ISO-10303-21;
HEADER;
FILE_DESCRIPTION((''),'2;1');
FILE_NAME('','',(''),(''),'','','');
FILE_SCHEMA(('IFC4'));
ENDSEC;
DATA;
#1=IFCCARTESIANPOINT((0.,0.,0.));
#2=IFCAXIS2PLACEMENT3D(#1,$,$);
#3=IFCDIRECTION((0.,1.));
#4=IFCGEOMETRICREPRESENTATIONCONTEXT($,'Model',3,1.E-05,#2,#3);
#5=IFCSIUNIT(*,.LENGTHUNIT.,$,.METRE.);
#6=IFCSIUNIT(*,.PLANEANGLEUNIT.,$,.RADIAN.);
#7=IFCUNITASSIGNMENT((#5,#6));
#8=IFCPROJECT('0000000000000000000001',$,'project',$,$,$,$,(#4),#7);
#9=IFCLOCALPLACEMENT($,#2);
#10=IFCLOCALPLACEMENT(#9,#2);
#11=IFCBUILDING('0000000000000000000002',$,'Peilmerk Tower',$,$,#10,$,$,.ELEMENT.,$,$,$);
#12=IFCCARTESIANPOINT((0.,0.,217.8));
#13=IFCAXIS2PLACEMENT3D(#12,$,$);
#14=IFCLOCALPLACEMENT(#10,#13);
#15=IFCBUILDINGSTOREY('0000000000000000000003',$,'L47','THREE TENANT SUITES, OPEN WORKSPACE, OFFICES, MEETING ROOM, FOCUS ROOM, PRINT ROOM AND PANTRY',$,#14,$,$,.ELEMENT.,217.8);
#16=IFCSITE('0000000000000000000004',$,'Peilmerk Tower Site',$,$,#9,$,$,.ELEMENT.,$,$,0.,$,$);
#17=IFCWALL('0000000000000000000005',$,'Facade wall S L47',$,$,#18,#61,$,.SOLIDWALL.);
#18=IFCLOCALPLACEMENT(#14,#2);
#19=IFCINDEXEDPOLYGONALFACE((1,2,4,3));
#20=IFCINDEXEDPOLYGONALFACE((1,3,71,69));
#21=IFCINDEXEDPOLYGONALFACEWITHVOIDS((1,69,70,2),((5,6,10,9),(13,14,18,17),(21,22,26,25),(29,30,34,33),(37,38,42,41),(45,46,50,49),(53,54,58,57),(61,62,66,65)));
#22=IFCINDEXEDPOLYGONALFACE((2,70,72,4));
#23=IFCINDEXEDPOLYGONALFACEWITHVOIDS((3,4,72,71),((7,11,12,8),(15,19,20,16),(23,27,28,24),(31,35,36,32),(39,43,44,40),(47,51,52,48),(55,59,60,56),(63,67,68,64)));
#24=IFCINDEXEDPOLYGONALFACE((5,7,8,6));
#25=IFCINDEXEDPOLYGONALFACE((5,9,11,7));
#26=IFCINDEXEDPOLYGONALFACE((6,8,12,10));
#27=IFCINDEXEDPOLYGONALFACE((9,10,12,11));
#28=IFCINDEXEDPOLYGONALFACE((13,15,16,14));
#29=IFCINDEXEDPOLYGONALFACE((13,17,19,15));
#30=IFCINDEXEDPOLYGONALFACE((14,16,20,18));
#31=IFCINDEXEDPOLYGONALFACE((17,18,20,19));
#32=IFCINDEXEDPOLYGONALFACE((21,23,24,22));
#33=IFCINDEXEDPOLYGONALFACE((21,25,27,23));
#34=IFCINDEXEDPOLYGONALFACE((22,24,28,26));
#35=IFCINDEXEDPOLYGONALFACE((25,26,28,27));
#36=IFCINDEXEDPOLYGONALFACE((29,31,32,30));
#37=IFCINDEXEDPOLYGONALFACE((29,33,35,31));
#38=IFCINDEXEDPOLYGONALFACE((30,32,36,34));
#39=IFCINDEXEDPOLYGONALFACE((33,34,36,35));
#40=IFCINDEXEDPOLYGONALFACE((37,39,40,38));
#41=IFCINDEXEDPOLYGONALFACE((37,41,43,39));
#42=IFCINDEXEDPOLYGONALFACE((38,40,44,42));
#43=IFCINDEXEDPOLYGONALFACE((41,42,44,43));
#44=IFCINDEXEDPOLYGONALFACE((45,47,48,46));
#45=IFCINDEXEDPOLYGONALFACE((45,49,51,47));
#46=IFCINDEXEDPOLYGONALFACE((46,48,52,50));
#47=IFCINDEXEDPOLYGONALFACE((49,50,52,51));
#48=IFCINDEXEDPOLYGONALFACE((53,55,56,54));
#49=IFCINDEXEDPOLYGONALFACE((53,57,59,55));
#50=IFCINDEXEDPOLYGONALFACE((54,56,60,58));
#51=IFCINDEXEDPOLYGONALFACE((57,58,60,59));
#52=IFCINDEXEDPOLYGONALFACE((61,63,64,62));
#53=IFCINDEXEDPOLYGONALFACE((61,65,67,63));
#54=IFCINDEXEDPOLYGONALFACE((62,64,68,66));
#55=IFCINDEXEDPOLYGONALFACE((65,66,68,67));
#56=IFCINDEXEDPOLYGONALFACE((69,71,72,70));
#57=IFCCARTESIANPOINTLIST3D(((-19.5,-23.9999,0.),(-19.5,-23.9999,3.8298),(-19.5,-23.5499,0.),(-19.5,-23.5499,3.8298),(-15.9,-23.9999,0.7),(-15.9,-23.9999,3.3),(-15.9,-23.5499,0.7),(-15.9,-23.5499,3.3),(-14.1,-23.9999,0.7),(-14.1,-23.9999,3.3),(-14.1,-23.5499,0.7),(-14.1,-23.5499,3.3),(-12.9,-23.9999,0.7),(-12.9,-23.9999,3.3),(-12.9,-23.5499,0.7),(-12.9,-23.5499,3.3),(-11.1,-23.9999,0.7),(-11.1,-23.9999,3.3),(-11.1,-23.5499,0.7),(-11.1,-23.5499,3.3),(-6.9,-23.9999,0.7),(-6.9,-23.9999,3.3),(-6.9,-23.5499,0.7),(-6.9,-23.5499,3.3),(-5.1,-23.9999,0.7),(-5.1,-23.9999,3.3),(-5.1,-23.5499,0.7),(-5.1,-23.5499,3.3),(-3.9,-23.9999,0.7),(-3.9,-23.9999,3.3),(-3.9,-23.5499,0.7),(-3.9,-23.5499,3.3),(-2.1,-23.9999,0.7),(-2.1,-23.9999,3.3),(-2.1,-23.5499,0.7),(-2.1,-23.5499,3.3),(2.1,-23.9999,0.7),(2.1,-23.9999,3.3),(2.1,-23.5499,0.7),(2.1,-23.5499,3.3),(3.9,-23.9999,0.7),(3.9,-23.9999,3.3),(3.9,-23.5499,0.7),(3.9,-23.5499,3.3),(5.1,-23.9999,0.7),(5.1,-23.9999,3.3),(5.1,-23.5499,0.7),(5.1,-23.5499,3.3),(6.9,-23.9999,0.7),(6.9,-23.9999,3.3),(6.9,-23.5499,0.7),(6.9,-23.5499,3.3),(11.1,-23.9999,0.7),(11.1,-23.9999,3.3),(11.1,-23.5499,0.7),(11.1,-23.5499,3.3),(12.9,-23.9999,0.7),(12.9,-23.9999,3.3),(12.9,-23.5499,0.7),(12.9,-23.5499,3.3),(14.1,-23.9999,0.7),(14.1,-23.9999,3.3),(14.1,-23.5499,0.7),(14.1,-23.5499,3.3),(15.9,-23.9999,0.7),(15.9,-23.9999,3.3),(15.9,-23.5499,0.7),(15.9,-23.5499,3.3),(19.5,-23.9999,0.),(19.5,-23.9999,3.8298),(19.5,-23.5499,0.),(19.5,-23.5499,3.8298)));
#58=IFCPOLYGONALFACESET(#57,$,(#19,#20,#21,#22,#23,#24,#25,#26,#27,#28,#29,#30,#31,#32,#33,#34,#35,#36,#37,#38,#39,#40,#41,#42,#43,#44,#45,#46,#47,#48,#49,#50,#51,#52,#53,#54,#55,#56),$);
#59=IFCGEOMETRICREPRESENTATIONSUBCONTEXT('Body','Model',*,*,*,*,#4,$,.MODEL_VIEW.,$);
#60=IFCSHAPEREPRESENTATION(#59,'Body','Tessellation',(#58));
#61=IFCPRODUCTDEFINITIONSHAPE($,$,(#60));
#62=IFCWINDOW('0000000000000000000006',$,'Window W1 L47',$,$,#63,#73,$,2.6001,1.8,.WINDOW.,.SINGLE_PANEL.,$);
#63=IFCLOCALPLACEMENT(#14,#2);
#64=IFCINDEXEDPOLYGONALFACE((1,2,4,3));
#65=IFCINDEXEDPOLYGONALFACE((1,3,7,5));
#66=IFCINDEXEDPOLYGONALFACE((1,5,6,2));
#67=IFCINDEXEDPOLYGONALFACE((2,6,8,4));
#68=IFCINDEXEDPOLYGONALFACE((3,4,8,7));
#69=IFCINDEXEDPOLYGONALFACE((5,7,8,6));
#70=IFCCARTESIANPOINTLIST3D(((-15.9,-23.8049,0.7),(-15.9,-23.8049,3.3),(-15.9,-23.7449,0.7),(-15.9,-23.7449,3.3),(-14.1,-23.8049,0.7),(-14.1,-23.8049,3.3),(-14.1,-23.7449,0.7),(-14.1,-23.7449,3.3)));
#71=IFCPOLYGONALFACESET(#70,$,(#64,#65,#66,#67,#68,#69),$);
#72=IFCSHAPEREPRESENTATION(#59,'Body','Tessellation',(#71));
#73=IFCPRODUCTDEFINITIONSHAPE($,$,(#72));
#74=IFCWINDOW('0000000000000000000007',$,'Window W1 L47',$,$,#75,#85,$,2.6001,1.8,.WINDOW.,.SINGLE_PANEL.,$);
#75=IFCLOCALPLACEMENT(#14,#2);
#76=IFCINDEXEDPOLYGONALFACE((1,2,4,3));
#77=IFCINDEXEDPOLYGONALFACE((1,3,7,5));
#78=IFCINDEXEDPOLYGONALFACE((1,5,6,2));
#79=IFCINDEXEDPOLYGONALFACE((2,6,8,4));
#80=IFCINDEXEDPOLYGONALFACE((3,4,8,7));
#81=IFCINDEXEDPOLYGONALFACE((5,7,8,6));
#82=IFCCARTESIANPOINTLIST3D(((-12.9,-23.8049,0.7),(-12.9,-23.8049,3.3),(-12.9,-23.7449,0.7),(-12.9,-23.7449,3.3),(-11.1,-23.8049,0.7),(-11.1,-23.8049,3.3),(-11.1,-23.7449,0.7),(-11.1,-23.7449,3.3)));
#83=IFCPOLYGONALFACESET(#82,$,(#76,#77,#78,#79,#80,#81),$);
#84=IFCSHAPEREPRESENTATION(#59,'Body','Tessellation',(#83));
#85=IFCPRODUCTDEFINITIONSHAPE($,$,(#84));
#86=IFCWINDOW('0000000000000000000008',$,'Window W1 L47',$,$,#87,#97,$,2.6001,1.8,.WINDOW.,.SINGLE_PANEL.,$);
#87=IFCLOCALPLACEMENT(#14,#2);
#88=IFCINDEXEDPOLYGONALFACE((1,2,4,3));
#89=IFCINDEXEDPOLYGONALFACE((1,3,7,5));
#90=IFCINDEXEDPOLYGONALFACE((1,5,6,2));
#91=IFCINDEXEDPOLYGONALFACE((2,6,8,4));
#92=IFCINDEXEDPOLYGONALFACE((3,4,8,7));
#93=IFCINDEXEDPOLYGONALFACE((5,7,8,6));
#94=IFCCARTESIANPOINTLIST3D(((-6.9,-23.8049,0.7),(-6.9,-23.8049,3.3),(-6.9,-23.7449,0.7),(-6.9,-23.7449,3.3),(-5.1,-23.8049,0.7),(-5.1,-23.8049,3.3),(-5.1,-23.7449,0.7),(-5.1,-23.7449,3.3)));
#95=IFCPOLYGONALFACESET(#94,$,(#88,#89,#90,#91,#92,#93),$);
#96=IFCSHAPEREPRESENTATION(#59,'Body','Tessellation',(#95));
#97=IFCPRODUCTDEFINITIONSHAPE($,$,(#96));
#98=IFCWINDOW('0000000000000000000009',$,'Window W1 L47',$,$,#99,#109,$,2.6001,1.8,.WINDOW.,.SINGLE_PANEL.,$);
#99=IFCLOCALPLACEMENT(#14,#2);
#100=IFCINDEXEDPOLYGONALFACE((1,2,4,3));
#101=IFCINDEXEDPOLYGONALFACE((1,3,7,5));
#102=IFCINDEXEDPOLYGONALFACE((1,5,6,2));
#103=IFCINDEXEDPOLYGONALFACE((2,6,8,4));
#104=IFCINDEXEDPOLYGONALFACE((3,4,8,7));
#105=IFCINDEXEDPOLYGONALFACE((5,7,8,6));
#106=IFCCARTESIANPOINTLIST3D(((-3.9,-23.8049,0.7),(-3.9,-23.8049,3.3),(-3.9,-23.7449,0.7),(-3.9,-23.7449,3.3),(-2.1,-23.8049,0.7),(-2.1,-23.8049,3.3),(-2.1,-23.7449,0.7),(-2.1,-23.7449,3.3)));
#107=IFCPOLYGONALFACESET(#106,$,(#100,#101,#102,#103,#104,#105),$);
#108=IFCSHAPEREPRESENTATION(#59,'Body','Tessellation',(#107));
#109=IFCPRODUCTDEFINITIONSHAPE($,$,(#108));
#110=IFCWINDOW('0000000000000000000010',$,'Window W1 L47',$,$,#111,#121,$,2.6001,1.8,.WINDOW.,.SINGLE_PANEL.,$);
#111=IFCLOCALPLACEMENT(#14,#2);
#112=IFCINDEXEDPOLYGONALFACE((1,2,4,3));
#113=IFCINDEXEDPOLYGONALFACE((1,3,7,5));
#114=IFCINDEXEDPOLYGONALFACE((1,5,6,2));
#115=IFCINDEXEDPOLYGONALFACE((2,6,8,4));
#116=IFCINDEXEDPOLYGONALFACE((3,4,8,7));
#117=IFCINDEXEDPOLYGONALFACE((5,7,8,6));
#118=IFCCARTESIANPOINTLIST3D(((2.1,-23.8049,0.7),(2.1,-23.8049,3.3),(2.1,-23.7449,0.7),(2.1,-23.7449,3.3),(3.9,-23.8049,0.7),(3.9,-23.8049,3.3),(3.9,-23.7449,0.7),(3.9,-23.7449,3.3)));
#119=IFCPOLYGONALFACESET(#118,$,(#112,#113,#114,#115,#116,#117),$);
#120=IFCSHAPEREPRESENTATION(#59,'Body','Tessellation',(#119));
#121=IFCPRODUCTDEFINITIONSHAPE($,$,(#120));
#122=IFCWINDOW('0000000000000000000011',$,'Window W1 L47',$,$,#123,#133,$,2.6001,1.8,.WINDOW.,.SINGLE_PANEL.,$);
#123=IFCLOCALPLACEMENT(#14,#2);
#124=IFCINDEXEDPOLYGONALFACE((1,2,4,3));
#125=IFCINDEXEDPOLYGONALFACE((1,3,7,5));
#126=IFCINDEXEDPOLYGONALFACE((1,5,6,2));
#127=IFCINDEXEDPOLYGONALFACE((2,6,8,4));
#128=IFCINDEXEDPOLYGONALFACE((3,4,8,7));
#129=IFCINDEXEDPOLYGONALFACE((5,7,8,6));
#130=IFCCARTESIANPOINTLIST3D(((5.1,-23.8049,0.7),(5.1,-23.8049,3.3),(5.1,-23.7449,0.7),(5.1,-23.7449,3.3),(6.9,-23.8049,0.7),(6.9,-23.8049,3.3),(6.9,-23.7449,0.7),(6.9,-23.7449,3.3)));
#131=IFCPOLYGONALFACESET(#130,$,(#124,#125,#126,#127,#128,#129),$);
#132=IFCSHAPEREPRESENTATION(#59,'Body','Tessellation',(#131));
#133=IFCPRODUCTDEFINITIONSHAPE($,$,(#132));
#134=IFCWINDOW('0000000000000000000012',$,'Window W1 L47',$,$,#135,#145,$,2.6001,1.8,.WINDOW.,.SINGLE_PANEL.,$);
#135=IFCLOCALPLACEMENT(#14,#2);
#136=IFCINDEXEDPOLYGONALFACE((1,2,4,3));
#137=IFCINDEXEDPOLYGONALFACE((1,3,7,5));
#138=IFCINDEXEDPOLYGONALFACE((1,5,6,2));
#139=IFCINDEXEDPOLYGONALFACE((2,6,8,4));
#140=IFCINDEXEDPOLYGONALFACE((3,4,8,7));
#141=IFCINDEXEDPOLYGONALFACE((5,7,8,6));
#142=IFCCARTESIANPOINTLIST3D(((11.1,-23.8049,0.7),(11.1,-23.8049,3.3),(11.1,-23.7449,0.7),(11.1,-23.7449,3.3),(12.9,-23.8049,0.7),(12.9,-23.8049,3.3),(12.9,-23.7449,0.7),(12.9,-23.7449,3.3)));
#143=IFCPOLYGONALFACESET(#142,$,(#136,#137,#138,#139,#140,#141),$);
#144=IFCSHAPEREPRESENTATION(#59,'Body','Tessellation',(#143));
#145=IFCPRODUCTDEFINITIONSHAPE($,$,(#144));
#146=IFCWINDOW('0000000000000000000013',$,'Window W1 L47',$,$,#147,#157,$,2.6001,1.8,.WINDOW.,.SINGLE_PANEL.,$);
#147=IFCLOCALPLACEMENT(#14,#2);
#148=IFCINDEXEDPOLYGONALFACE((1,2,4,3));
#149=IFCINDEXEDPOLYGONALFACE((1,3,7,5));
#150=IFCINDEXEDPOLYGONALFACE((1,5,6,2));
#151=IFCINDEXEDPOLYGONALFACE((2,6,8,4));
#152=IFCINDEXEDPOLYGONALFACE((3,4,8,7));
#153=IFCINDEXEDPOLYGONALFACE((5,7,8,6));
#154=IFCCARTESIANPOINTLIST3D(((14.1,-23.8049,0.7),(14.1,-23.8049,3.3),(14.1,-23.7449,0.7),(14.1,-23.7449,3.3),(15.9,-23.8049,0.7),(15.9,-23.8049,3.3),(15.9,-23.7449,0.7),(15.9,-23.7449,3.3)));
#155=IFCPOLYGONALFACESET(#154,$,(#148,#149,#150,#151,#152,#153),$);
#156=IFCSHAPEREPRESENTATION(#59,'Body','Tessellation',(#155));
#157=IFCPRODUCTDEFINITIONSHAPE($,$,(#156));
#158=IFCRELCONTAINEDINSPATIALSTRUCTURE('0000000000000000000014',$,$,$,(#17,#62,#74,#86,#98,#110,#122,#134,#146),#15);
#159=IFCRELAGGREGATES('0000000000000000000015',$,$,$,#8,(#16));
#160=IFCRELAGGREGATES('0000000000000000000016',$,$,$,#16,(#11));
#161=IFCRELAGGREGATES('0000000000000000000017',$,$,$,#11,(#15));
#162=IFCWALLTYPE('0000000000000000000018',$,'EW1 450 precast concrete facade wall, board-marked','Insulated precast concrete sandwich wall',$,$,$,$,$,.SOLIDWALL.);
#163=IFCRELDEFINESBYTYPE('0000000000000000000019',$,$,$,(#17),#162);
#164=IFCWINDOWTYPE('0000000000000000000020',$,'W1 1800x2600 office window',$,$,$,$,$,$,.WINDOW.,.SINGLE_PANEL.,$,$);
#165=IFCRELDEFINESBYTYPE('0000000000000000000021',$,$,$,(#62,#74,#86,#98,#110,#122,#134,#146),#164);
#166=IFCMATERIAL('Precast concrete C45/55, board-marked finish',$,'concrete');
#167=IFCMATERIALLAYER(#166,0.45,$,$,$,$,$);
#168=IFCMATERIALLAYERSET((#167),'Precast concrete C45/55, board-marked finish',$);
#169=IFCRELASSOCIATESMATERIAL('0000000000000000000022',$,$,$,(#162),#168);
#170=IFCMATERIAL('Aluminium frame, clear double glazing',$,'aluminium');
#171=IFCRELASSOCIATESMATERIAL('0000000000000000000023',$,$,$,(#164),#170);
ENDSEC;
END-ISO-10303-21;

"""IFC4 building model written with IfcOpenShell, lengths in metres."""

from ifc_helpers import new_model, si_unit, direction, frame, frame_2d, origin, place, context, subcontext, project, spatial, rectangle, extrude, material, layer, layer_set, type_object, element, fill, save


model = new_model("IFC4")

# Units and contexts
model_context = context("Model", 3, precision=1e-05, world=origin(), true_north=direction((0.0, 1.0)))
body_context = subcontext(model_context, "Body", "Model", "MODEL_VIEW")
ifc_project = project(units=[si_unit("LENGTHUNIT", "METRE"), si_unit("PLANEANGLEUNIT", "RADIAN")], contexts=[model_context])

# Site, building, storey
site_placement = place(None, origin())
site = spatial("IfcSite", under=ifc_project, at=site_placement, Name="Peilmerk Tower Site", CompositionType="ELEMENT", RefElevation=0.0)
building_placement = place(site_placement, origin())
building = spatial("IfcBuilding", under=site, at=building_placement, Name="Peilmerk Tower", CompositionType="ELEMENT")
storey_placement = place(building_placement, frame((0.0, 0.0, 217.8)))
storey = spatial("IfcBuildingStorey", under=building, at=storey_placement, Name="L47", Description="THREE TENANT SUITES, OPEN WORKSPACE, OFFICES, MEETING ROOM, FOCUS ROOM, PRINT ROOM AND PANTRY", CompositionType="ELEMENT", Elevation=217.8)

# Wall, openings, windows
ifc_material_1 = material(Name="Precast concrete C45/55, board-marked finish", Category="concrete")
ifc_layer_1 = layer(ifc_material_1, 0.45)
ifc_layer_set_1 = layer_set([ifc_layer_1], Name="Precast concrete C45/55, board-marked finish")
wall_type = type_object("IfcWallType", Name="EW1 450 precast concrete facade wall, board-marked", Description="Insulated precast concrete sandwich wall", PredefinedType="SOLIDWALL", material=ifc_layer_set_1)
wall_placement = place(storey_placement, frame((-19.5, -23.7749, 0.0), z_axis=(0.0, 0.0, 1.0), x_axis=(1.0, 0.0, 0.0)))
wall = element("IfcWall", 1, at=wall_placement, inside=storey, type_object=wall_type, Name="Facade wall S L47", PredefinedType="SOLIDWALL", context=body_context, shape_type="SweptSolid", body=[
    extrude(rectangle(XDim=39.0, YDim=0.45, at=frame_2d((19.5, 0.0))), origin(), (0.0, 0.0, 1.0), 3.8298),
])
opening_1_placement = place(wall_placement, frame((3.6001, 0.0, 0.7)))
opening_1 = element("IfcOpeningElement", 2, at=opening_1_placement, cuts=wall, PredefinedType="OPENING", context=body_context, shape_type="SweptSolid", body=[
    extrude(rectangle(XDim=1.8, YDim=2.6001, at=frame_2d((0.8999, 1.3))), frame((0.0, 0.2349, 0.0), z_axis=(0.0, -1.0, 0.0), x_axis=(1.0, 0.0, 0.0)), (0.0, 0.0, 1.0), 0.47),
])
opening_2_placement = place(wall_placement, frame((6.6001, 0.0, 0.7)))
opening_2 = element("IfcOpeningElement", 3, at=opening_2_placement, cuts=wall, PredefinedType="OPENING", context=body_context, shape_type="SweptSolid", body=[
    extrude(rectangle(XDim=1.8, YDim=2.6001, at=frame_2d((0.8999, 1.3))), frame((0.0, 0.2349, 0.0), z_axis=(0.0, -1.0, 0.0), x_axis=(1.0, 0.0, 0.0)), (0.0, 0.0, 1.0), 0.47),
])
opening_3_placement = place(wall_placement, frame((12.6001, 0.0, 0.7)))
opening_3 = element("IfcOpeningElement", 4, at=opening_3_placement, cuts=wall, PredefinedType="OPENING", context=body_context, shape_type="SweptSolid", body=[
    extrude(rectangle(XDim=1.8, YDim=2.6001, at=frame_2d((0.8999, 1.3))), frame((0.0, 0.2349, 0.0), z_axis=(0.0, -1.0, 0.0), x_axis=(1.0, 0.0, 0.0)), (0.0, 0.0, 1.0), 0.47),
])
opening_4_placement = place(wall_placement, frame((15.6001, 0.0, 0.7)))
opening_4 = element("IfcOpeningElement", 5, at=opening_4_placement, cuts=wall, PredefinedType="OPENING", context=body_context, shape_type="SweptSolid", body=[
    extrude(rectangle(XDim=1.8, YDim=2.6001, at=frame_2d((0.8999, 1.3))), frame((0.0, 0.2349, 0.0), z_axis=(0.0, -1.0, 0.0), x_axis=(1.0, 0.0, 0.0)), (0.0, 0.0, 1.0), 0.47),
])
opening_5_placement = place(wall_placement, frame((21.6001, 0.0, 0.7)))
opening_5 = element("IfcOpeningElement", 6, at=opening_5_placement, cuts=wall, PredefinedType="OPENING", context=body_context, shape_type="SweptSolid", body=[
    extrude(rectangle(XDim=1.8, YDim=2.6001, at=frame_2d((0.8999, 1.3))), frame((0.0, 0.2349, 0.0), z_axis=(0.0, -1.0, 0.0), x_axis=(1.0, 0.0, 0.0)), (0.0, 0.0, 1.0), 0.47),
])
opening_6_placement = place(wall_placement, frame((24.6001, 0.0, 0.7)))
opening_6 = element("IfcOpeningElement", 7, at=opening_6_placement, cuts=wall, PredefinedType="OPENING", context=body_context, shape_type="SweptSolid", body=[
    extrude(rectangle(XDim=1.8, YDim=2.6001, at=frame_2d((0.8999, 1.3))), frame((0.0, 0.2349, 0.0), z_axis=(0.0, -1.0, 0.0), x_axis=(1.0, 0.0, 0.0)), (0.0, 0.0, 1.0), 0.47),
])
opening_7_placement = place(wall_placement, frame((30.6001, 0.0, 0.7)))
opening_7 = element("IfcOpeningElement", 8, at=opening_7_placement, cuts=wall, PredefinedType="OPENING", context=body_context, shape_type="SweptSolid", body=[
    extrude(rectangle(XDim=1.8, YDim=2.6001, at=frame_2d((0.8999, 1.3))), frame((0.0, 0.2349, 0.0), z_axis=(0.0, -1.0, 0.0), x_axis=(1.0, 0.0, 0.0)), (0.0, 0.0, 1.0), 0.47),
])
opening_8_placement = place(wall_placement, frame((33.6001, 0.0, 0.7)))
opening_8 = element("IfcOpeningElement", 9, at=opening_8_placement, cuts=wall, PredefinedType="OPENING", context=body_context, shape_type="SweptSolid", body=[
    extrude(rectangle(XDim=1.8, YDim=2.6001, at=frame_2d((0.8999, 1.3))), frame((0.0, 0.2349, 0.0), z_axis=(0.0, -1.0, 0.0), x_axis=(1.0, 0.0, 0.0)), (0.0, 0.0, 1.0), 0.47),
])
ifc_material_2 = material(Name="Aluminium frame, clear double glazing", Category="aluminium")
window_type = type_object("IfcWindowType", Name="W1 1800x2600 office window", PartitioningType="SINGLE_PANEL", PredefinedType="WINDOW", material=ifc_material_2)
window_1_placement = place(opening_1_placement, origin())
window_1 = element("IfcWindow", 10, at=window_1_placement, inside=storey, type_object=window_type, Name="Window W1 L47", OverallHeight=2.6001, OverallWidth=1.8, PartitioningType="SINGLE_PANEL", PredefinedType="WINDOW", context=body_context, shape_type="SweptSolid", body=[
    extrude(rectangle(XDim=1.8, YDim=2.6001, at=frame_2d((0.8999, 1.3))), frame((0.0, 0.03, 0.0), z_axis=(0.0, -1.0, 0.0), x_axis=(1.0, 0.0, 0.0)), (0.0, 0.0, 1.0), 0.0601),
])
fill(opening_1, window_1)
window_2_placement = place(opening_2_placement, origin())
window_2 = element("IfcWindow", 11, at=window_2_placement, inside=storey, type_object=window_type, Name="Window W1 L47", OverallHeight=2.6001, OverallWidth=1.8, PartitioningType="SINGLE_PANEL", PredefinedType="WINDOW", context=body_context, shape_type="SweptSolid", body=[
    extrude(rectangle(XDim=1.8, YDim=2.6001, at=frame_2d((0.8999, 1.3))), frame((0.0, 0.03, 0.0), z_axis=(0.0, -1.0, 0.0), x_axis=(1.0, 0.0, 0.0)), (0.0, 0.0, 1.0), 0.0601),
])
fill(opening_2, window_2)
window_3_placement = place(opening_3_placement, origin())
window_3 = element("IfcWindow", 12, at=window_3_placement, inside=storey, type_object=window_type, Name="Window W1 L47", OverallHeight=2.6001, OverallWidth=1.8, PartitioningType="SINGLE_PANEL", PredefinedType="WINDOW", context=body_context, shape_type="SweptSolid", body=[
    extrude(rectangle(XDim=1.8, YDim=2.6001, at=frame_2d((0.8999, 1.3))), frame((0.0, 0.03, 0.0), z_axis=(0.0, -1.0, 0.0), x_axis=(1.0, 0.0, 0.0)), (0.0, 0.0, 1.0), 0.0601),
])
fill(opening_3, window_3)
window_4_placement = place(opening_4_placement, origin())
window_4 = element("IfcWindow", 13, at=window_4_placement, inside=storey, type_object=window_type, Name="Window W1 L47", OverallHeight=2.6001, OverallWidth=1.8, PartitioningType="SINGLE_PANEL", PredefinedType="WINDOW", context=body_context, shape_type="SweptSolid", body=[
    extrude(rectangle(XDim=1.8, YDim=2.6001, at=frame_2d((0.8999, 1.3))), frame((0.0, 0.03, 0.0), z_axis=(0.0, -1.0, 0.0), x_axis=(1.0, 0.0, 0.0)), (0.0, 0.0, 1.0), 0.0601),
])
fill(opening_4, window_4)
window_5_placement = place(opening_5_placement, origin())
window_5 = element("IfcWindow", 14, at=window_5_placement, inside=storey, type_object=window_type, Name="Window W1 L47", OverallHeight=2.6001, OverallWidth=1.8, PartitioningType="SINGLE_PANEL", PredefinedType="WINDOW", context=body_context, shape_type="SweptSolid", body=[
    extrude(rectangle(XDim=1.8, YDim=2.6001, at=frame_2d((0.8999, 1.3))), frame((0.0, 0.03, 0.0), z_axis=(0.0, -1.0, 0.0), x_axis=(1.0, 0.0, 0.0)), (0.0, 0.0, 1.0), 0.0601),
])
fill(opening_5, window_5)
window_6_placement = place(opening_6_placement, origin())
window_6 = element("IfcWindow", 15, at=window_6_placement, inside=storey, type_object=window_type, Name="Window W1 L47", OverallHeight=2.6001, OverallWidth=1.8, PartitioningType="SINGLE_PANEL", PredefinedType="WINDOW", context=body_context, shape_type="SweptSolid", body=[
    extrude(rectangle(XDim=1.8, YDim=2.6001, at=frame_2d((0.8999, 1.3))), frame((0.0, 0.03, 0.0), z_axis=(0.0, -1.0, 0.0), x_axis=(1.0, 0.0, 0.0)), (0.0, 0.0, 1.0), 0.0601),
])
fill(opening_6, window_6)
window_7_placement = place(opening_7_placement, origin())
window_7 = element("IfcWindow", 16, at=window_7_placement, inside=storey, type_object=window_type, Name="Window W1 L47", OverallHeight=2.6001, OverallWidth=1.8, PartitioningType="SINGLE_PANEL", PredefinedType="WINDOW", context=body_context, shape_type="SweptSolid", body=[
    extrude(rectangle(XDim=1.8, YDim=2.6001, at=frame_2d((0.8999, 1.3))), frame((0.0, 0.03, 0.0), z_axis=(0.0, -1.0, 0.0), x_axis=(1.0, 0.0, 0.0)), (0.0, 0.0, 1.0), 0.0601),
])
fill(opening_7, window_7)
window_8_placement = place(opening_8_placement, origin())
window_8 = element("IfcWindow", 17, at=window_8_placement, inside=storey, type_object=window_type, Name="Window W1 L47", OverallHeight=2.6001, OverallWidth=1.8, PartitioningType="SINGLE_PANEL", PredefinedType="WINDOW", context=body_context, shape_type="SweptSolid", body=[
    extrude(rectangle(XDim=1.8, YDim=2.6001, at=frame_2d((0.8999, 1.3))), frame((0.0, 0.03, 0.0), z_axis=(0.0, -1.0, 0.0), x_axis=(1.0, 0.0, 0.0)), (0.0, 0.0, 1.0), 0.0601),
])
fill(opening_8, window_8)

save(model, "model.ifc")
